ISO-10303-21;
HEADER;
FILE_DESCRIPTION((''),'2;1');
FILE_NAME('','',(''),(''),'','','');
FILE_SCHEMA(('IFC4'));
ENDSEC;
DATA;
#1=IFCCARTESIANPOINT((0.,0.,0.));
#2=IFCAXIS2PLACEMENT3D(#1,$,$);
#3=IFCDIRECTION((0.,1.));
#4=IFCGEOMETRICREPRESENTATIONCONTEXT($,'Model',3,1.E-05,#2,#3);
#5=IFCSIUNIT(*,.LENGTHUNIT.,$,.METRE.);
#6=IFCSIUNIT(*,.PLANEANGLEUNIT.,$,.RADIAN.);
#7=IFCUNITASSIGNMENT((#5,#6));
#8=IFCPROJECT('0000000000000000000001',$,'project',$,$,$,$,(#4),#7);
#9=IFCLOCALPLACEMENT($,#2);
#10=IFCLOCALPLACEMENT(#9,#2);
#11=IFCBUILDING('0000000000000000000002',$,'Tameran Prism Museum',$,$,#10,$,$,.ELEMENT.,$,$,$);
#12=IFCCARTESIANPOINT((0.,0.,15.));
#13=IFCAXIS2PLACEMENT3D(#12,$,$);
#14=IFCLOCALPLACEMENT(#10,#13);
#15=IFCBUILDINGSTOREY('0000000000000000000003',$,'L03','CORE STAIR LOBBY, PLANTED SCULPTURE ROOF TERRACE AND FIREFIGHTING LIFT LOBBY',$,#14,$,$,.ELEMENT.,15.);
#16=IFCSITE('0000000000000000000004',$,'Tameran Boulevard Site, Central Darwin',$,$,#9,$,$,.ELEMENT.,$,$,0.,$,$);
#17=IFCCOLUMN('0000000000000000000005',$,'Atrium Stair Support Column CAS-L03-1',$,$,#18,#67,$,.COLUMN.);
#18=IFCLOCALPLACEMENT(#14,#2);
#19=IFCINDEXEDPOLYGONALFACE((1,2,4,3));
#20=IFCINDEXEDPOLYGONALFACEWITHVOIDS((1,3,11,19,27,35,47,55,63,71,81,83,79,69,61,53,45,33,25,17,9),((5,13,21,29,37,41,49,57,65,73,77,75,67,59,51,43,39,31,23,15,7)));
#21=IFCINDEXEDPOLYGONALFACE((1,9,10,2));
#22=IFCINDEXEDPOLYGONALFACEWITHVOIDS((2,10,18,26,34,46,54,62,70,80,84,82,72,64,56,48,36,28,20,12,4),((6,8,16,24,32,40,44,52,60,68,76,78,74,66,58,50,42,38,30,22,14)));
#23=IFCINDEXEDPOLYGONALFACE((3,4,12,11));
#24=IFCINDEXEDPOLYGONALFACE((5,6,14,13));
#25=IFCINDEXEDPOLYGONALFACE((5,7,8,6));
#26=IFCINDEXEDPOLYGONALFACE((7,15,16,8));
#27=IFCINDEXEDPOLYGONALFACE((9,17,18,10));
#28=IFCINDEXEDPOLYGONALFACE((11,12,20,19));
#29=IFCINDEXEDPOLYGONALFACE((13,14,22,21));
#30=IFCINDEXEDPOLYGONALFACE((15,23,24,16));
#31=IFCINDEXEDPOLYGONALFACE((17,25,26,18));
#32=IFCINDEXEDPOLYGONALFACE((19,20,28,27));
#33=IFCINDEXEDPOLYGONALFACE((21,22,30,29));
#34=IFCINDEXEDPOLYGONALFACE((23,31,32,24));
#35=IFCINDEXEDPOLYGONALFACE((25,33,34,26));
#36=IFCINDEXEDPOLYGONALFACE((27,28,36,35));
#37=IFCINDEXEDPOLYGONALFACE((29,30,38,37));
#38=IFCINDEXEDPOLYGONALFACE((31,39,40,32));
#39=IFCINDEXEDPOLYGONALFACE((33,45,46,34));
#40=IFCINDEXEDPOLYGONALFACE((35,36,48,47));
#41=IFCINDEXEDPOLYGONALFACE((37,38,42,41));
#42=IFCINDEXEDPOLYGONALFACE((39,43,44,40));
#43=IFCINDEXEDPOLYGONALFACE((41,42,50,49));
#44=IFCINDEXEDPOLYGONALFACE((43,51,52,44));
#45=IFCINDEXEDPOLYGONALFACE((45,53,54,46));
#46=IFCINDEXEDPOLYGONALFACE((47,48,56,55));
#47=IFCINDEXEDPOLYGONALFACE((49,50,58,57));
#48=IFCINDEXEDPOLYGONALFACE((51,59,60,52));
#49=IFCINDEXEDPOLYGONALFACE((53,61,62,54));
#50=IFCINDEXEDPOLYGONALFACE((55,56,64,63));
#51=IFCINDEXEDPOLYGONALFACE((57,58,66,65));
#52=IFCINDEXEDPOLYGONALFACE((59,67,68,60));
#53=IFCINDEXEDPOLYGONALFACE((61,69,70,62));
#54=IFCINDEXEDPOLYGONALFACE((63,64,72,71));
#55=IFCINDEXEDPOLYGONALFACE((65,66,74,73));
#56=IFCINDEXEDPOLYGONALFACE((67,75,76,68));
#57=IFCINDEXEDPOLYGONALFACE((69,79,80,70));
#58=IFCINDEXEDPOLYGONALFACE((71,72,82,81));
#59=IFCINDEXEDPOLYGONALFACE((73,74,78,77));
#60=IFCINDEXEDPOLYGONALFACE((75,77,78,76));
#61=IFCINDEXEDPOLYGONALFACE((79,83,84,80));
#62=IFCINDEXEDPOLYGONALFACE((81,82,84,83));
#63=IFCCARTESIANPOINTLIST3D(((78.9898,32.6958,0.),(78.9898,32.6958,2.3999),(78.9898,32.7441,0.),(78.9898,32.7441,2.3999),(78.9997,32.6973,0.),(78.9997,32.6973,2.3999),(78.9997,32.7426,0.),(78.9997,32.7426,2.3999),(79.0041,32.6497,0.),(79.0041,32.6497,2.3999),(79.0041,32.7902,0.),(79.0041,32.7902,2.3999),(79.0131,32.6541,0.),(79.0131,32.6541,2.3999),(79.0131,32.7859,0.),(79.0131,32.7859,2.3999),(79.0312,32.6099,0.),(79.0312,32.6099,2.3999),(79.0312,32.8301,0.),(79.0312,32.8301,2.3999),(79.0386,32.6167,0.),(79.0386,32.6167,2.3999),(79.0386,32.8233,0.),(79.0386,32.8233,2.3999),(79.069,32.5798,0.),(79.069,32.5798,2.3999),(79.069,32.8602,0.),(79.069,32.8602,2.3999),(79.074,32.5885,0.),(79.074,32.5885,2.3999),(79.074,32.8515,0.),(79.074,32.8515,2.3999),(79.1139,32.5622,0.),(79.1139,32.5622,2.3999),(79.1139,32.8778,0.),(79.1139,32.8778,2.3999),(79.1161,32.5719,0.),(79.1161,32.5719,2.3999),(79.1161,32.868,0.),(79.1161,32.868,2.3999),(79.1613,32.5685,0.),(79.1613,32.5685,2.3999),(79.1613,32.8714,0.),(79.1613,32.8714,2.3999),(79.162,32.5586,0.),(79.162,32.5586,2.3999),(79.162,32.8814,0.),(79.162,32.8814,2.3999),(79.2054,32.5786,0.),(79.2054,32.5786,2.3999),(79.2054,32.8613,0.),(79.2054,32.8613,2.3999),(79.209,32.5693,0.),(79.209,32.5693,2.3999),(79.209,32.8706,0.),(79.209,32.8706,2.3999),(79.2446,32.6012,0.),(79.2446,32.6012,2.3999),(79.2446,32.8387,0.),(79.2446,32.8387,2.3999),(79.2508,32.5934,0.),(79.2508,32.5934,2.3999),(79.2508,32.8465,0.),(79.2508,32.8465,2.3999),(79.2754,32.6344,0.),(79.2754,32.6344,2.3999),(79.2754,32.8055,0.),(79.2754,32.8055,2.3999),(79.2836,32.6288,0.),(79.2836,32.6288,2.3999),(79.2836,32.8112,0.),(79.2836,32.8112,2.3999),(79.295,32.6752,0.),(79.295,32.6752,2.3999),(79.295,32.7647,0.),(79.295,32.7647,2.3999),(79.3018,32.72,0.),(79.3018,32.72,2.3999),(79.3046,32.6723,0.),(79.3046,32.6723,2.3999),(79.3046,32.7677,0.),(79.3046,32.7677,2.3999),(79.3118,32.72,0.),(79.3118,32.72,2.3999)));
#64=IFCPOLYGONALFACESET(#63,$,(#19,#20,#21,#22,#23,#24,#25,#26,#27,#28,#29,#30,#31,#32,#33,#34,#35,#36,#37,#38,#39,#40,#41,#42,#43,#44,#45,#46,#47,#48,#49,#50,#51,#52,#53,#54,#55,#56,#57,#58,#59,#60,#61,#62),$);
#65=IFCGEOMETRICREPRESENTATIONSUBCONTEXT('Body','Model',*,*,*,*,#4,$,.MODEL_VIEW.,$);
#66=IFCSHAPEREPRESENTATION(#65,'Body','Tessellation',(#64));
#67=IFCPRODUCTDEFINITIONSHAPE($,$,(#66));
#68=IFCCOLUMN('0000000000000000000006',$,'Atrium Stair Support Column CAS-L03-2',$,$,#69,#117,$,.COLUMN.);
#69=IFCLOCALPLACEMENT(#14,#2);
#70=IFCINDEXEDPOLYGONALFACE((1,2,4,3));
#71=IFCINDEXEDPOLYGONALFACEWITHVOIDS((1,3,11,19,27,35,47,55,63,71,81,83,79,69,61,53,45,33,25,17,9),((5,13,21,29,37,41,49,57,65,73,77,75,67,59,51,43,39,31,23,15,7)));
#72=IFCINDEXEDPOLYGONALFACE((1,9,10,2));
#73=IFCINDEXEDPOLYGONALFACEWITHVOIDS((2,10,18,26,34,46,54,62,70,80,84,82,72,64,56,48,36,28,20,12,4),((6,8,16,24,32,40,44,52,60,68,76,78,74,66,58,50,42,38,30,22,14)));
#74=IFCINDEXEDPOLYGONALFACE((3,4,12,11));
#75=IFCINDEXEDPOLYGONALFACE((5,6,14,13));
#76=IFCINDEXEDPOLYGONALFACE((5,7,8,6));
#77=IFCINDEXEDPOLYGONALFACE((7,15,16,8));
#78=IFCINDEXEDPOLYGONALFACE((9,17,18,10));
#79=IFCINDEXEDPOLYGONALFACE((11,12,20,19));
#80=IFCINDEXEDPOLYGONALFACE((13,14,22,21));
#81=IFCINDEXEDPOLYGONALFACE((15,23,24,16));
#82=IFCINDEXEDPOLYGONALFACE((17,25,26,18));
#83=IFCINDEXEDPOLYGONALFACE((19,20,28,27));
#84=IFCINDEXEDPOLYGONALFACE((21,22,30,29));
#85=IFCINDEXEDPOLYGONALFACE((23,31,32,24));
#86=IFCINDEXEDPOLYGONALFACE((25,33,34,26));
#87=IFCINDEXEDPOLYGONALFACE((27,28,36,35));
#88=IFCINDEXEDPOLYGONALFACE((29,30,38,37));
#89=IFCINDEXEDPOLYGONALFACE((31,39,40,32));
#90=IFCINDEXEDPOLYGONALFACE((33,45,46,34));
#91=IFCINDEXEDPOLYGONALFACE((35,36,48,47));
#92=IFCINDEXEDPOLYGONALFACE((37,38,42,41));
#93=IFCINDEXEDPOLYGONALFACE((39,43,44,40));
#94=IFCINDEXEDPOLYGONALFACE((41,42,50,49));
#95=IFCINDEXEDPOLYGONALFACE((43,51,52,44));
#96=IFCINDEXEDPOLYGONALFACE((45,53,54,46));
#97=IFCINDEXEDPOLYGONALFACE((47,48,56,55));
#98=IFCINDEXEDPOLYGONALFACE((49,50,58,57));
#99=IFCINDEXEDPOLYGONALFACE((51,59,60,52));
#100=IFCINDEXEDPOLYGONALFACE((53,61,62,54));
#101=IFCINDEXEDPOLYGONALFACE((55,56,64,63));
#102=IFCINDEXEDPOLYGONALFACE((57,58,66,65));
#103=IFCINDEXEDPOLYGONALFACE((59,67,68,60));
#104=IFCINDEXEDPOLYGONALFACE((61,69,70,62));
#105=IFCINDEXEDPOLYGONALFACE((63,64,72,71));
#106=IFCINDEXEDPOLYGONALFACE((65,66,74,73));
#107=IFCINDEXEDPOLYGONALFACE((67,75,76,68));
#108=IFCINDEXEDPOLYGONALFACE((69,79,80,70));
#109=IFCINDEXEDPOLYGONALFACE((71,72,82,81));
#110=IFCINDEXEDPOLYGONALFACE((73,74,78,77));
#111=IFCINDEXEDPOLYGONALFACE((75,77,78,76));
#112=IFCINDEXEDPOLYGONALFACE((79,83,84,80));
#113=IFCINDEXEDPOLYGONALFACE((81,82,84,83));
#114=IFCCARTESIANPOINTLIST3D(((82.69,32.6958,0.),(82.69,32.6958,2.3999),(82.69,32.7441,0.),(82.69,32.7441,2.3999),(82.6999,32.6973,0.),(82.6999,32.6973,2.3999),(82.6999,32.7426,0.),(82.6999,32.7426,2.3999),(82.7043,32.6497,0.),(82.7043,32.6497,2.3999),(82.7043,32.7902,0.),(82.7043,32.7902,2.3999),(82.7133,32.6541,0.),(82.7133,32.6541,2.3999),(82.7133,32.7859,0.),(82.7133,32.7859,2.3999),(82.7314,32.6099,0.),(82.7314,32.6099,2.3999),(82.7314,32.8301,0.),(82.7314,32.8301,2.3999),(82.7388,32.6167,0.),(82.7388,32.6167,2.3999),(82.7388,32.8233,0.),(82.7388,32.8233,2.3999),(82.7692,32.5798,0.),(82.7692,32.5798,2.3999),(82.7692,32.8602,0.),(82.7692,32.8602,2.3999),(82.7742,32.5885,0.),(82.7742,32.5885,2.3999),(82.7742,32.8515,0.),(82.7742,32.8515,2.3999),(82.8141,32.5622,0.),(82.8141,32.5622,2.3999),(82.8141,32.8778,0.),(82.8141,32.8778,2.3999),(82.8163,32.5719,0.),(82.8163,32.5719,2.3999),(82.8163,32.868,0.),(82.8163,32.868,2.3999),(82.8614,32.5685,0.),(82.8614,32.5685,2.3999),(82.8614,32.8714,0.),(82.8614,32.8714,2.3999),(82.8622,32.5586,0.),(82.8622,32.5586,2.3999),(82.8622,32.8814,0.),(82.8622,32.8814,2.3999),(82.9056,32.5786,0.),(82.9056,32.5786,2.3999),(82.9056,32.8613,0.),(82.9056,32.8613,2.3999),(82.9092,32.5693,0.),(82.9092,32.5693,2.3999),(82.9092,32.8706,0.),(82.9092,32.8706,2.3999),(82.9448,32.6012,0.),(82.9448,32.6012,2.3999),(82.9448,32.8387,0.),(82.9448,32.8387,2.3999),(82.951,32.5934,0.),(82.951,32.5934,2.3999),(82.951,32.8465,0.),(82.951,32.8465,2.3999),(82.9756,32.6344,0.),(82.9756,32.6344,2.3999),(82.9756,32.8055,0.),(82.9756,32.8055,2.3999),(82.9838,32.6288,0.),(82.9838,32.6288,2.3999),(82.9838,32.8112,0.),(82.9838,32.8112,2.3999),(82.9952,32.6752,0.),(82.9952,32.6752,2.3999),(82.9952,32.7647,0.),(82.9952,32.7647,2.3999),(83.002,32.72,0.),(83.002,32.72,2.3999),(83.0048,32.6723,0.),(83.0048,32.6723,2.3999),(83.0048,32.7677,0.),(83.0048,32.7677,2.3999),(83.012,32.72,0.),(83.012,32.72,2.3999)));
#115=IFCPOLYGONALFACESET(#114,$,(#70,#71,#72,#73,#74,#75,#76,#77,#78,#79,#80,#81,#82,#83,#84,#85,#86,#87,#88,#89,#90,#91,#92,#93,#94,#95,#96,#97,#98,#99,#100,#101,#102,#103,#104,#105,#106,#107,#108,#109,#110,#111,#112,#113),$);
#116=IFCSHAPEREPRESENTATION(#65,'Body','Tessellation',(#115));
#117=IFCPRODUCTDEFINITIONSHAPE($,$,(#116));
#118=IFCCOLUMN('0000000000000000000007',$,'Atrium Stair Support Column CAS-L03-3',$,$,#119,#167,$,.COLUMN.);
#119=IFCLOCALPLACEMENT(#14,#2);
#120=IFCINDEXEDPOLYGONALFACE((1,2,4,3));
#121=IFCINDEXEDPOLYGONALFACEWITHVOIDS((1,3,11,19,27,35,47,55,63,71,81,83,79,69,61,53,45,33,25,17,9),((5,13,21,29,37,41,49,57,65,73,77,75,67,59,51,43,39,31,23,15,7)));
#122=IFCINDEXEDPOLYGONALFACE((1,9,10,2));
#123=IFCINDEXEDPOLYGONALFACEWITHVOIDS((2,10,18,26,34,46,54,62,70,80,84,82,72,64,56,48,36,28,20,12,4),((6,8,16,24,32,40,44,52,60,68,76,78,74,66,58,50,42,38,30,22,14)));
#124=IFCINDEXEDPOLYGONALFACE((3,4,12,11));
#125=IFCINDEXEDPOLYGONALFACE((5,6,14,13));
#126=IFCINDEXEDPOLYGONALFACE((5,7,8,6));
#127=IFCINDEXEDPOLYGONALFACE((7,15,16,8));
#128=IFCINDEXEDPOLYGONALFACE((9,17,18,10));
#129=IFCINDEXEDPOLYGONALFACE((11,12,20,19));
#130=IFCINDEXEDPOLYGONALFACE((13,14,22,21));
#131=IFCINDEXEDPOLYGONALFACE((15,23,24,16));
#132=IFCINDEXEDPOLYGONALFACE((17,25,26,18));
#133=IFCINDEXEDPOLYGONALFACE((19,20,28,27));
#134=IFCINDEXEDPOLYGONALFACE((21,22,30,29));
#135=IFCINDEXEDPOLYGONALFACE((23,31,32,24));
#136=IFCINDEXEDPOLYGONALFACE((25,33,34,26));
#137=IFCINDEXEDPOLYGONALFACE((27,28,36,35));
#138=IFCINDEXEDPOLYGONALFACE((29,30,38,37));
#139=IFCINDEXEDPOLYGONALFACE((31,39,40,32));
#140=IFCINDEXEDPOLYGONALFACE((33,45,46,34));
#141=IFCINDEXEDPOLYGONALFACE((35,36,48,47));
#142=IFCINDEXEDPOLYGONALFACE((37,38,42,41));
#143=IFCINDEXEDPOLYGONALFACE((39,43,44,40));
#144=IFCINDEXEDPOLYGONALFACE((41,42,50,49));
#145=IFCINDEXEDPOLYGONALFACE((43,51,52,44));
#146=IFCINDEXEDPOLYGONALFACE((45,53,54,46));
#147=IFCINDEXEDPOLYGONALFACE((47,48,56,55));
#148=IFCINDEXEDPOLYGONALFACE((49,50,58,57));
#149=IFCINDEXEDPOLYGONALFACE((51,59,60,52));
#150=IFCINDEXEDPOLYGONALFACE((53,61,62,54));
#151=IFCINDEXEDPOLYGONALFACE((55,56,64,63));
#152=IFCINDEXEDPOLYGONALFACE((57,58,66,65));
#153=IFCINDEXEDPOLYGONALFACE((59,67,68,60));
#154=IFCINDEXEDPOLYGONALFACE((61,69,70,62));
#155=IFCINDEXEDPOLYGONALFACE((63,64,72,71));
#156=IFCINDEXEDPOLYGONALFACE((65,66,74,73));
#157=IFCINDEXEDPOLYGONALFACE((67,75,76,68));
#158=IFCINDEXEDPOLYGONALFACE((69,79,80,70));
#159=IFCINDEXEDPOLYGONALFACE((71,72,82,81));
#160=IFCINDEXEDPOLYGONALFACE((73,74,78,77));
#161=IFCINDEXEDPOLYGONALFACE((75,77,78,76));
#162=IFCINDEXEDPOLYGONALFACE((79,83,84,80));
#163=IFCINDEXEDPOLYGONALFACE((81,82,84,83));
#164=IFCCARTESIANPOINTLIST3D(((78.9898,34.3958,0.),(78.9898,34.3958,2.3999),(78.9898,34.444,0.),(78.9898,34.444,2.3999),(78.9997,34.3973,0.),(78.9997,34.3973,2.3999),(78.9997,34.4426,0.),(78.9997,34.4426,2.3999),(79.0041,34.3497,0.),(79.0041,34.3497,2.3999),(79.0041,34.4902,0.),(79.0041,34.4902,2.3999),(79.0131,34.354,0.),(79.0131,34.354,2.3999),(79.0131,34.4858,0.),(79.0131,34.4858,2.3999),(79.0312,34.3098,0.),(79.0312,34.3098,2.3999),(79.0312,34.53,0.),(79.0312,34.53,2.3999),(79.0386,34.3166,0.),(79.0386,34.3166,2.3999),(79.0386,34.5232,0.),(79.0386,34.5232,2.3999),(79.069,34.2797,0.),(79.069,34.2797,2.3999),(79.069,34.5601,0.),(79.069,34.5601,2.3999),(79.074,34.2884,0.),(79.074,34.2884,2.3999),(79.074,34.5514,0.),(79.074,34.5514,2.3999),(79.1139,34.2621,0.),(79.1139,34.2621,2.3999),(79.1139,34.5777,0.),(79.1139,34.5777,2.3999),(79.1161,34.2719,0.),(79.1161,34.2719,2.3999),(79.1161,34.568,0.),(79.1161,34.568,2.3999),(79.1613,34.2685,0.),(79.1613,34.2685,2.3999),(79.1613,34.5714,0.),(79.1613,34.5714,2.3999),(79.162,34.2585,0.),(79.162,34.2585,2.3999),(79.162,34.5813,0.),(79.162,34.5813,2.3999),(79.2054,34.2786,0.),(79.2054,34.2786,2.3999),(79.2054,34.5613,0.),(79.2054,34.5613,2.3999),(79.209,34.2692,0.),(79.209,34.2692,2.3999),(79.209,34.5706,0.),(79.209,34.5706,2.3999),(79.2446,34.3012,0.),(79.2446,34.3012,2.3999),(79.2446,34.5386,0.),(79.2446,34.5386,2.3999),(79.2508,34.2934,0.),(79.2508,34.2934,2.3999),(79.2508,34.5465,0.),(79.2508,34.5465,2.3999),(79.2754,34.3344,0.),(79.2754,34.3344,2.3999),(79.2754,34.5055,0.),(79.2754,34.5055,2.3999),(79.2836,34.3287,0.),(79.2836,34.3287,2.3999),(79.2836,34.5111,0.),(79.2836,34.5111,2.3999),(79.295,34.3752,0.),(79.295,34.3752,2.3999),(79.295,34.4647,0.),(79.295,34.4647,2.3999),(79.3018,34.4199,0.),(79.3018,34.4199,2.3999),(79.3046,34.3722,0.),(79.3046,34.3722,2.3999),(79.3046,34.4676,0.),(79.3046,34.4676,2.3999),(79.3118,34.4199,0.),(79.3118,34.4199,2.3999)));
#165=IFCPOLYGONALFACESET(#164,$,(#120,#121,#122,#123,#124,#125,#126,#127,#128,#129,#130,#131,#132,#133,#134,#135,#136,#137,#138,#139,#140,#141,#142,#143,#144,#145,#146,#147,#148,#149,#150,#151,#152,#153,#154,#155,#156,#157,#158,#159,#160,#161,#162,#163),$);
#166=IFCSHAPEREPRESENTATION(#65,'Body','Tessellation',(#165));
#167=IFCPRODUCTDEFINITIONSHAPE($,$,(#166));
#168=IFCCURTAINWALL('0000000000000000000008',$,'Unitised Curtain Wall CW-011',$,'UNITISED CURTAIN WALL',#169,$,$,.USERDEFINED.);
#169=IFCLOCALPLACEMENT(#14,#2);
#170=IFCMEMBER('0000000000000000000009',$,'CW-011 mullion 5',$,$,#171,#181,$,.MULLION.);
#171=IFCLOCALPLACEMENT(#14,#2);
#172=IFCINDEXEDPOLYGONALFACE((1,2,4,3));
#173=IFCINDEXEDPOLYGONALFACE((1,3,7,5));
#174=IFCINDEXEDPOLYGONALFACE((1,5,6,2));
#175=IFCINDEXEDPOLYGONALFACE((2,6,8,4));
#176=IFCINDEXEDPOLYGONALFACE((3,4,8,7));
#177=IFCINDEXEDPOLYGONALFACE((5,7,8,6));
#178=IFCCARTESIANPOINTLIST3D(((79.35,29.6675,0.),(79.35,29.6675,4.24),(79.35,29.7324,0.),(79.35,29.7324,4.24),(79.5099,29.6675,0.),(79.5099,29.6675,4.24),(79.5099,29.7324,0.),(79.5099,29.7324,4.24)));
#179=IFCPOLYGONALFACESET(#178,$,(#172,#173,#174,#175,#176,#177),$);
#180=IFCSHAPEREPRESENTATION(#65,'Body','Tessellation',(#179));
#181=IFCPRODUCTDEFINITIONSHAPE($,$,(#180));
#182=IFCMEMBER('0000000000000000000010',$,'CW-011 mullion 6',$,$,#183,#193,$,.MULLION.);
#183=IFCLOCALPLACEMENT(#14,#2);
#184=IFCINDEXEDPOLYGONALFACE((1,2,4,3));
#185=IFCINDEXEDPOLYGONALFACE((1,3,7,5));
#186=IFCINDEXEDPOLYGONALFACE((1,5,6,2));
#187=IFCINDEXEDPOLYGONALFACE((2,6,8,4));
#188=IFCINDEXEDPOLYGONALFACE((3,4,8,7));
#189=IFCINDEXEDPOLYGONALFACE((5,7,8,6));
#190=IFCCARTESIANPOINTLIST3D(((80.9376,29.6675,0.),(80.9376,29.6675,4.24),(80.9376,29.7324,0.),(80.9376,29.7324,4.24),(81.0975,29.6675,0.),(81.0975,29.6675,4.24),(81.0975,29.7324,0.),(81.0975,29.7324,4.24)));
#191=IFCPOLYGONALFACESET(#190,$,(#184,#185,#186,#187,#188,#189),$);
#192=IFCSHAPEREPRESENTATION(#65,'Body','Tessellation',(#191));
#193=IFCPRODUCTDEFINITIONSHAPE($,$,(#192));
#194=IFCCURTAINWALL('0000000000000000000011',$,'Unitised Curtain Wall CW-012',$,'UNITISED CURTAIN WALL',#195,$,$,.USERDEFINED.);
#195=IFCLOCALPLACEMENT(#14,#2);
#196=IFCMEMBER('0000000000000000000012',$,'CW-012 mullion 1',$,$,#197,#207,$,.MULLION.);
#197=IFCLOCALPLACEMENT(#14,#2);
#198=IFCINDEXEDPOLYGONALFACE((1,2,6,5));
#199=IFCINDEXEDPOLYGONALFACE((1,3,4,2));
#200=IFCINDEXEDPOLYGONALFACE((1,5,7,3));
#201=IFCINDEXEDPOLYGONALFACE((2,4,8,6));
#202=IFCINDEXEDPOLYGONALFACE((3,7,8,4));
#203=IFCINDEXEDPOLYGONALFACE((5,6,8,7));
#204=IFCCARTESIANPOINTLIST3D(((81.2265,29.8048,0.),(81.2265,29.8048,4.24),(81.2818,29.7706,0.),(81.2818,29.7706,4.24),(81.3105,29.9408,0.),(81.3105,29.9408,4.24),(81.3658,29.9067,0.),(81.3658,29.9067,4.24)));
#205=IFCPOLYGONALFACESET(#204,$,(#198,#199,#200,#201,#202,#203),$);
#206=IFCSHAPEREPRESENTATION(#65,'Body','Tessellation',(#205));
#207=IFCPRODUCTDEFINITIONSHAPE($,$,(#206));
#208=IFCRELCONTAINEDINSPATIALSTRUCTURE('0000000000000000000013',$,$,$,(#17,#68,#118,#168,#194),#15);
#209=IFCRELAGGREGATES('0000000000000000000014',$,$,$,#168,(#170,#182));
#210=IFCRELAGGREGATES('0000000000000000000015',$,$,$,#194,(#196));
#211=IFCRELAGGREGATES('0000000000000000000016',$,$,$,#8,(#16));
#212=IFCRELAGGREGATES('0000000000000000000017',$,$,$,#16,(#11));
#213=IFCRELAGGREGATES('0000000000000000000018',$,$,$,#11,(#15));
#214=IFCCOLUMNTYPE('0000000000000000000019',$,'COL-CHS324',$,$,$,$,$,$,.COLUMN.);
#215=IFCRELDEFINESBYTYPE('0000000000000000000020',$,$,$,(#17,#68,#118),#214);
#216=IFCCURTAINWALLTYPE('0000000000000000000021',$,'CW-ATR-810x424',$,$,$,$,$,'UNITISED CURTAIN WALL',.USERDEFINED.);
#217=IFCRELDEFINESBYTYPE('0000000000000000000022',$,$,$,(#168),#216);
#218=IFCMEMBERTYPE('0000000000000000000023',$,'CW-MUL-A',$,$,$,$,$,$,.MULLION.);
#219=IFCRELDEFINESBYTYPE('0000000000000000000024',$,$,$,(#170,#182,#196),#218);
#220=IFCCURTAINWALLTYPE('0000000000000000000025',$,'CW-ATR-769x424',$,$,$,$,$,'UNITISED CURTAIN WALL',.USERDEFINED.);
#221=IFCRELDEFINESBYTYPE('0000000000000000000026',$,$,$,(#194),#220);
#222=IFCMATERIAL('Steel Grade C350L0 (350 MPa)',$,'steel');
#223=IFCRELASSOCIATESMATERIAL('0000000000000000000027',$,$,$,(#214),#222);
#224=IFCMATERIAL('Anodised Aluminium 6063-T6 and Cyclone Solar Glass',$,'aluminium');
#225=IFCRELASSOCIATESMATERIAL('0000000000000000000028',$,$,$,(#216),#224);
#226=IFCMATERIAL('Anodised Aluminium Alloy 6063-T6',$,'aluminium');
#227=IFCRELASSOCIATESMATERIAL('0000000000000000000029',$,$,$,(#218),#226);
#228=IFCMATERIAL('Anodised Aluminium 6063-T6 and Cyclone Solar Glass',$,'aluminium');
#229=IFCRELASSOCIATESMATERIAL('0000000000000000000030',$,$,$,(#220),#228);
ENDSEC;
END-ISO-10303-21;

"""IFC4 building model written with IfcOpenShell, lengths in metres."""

from ifc_helpers import new_model, si_unit, direction, frame, origin, origin_2d, place, context, subcontext, project, spatial, rectangle, hollow_circle, extrude, material, material_profile, profile_set, type_object, element, aggregate, save


model = new_model("IFC4")

# Units and contexts
model_context = context("Model", 3, precision=1e-05, world=origin(), true_north=direction((0.0, 1.0)))
body_context = subcontext(model_context, "Body", "Model", "MODEL_VIEW")
ifc_project = project(units=[si_unit("LENGTHUNIT", "METRE"), si_unit("PLANEANGLEUNIT", "RADIAN")], contexts=[model_context])

# Site, building, storey
site_placement = place(None, origin())
site = spatial("IfcSite", under=ifc_project, at=site_placement, Name="Tameran Boulevard Site, Central Darwin", CompositionType="ELEMENT", RefElevation=0.0)
building_placement = place(site_placement, origin())
building = spatial("IfcBuilding", under=site, at=building_placement, Name="Tameran Prism Museum", CompositionType="ELEMENT")
storey_placement = place(building_placement, frame((0.0, 0.0, 15.0)))
storey = spatial("IfcBuildingStorey", under=building, at=storey_placement, Name="L03", Description="CORE STAIR LOBBY, PLANTED SCULPTURE ROOF TERRACE AND FIREFIGHTING LIFT LOBBY", CompositionType="ELEMENT", Elevation=15.0)

# Columns
ifc_material_1 = material(Name="Steel Grade C350L0 (350 MPa)", Category="steel")
ifc_material_profile_1 = material_profile(ifc_material_1, hollow_circle(Radius=0.1619, WallThickness=0.01, at=origin_2d()))
ifc_profile_set_1 = profile_set([ifc_material_profile_1])
column_type = type_object("IfcColumnType", Name="COL-CHS324", PredefinedType="COLUMN", material=ifc_profile_set_1)
for number, where, z_axis, x_axis, name in (
    (1, (79.1499, 32.72, 0.0), (0.0, 0.0, 1.0), (1.0, 0.0, 0.0), "Atrium Stair Support Column CAS-L03-1"),
    (2, (82.8501, 32.72, 0.0), (0.0, 0.0, 1.0), (1.0, 0.0, 0.0), "Atrium Stair Support Column CAS-L03-2"),
    (3, (79.1499, 34.4199, 0.0), (0.0, 0.0, 1.0), (1.0, 0.0, 0.0), "Atrium Stair Support Column CAS-L03-3"),
):
    element("IfcColumn", number, at=place(storey_placement, frame(where, z_axis=z_axis, x_axis=x_axis)), inside=storey, type_object=column_type, Name=name, PredefinedType="COLUMN", context=body_context, shape_type="SweptSolid", body=[
        extrude(hollow_circle(Radius=0.1619, WallThickness=0.01, at=origin_2d()), origin(), (0.0, 0.0, 1.0), 2.3999),
    ])

# Curtain walls, members
ifc_material_2 = material(Name="Anodised Aluminium 6063-T6 and Cyclone Solar Glass", Category="aluminium")
curtain_wall_type_1 = type_object("IfcCurtainWallType", Name="CW-ATR-810x424", ElementType="UNITISED CURTAIN WALL", PredefinedType="USERDEFINED", material=ifc_material_2)
curtain_wall_1_placement = place(storey_placement, origin())
curtain_wall_1 = element("IfcCurtainWall", 4, at=curtain_wall_1_placement, inside=storey, type_object=curtain_wall_type_1, Name="Unitised Curtain Wall CW-011", ObjectType="UNITISED CURTAIN WALL", PredefinedType="USERDEFINED")
ifc_material_3 = material(Name="Anodised Aluminium Alloy 6063-T6", Category="aluminium")
ifc_material_profile_2 = material_profile(ifc_material_3, rectangle(XDim=0.0649, YDim=0.1599, at=origin_2d()))
ifc_profile_set_2 = profile_set([ifc_material_profile_2])
member_type_1 = type_object("IfcMemberType", Name="CW-MUL-A", PredefinedType="MULLION", material=ifc_profile_set_2)
member_1_placement = place(storey_placement, frame((79.4299, 29.7, 0.0), z_axis=(0.0, 0.0, 1.0), x_axis=(0.0, 1.0, 0.0)))
member_1 = element("IfcMember", 5, at=member_1_placement, type_object=member_type_1, Name="CW-011 mullion 5", PredefinedType="MULLION", context=body_context, shape_type="SweptSolid", body=[
    extrude(rectangle(XDim=0.0649, YDim=0.1599, at=origin_2d()), origin(), (0.0, 0.0, 1.0), 4.24),
])
member_2_placement = place(storey_placement, frame((81.0176, 29.7, 0.0), z_axis=(0.0, 0.0, 1.0), x_axis=(0.0, 1.0, 0.0)))
member_2 = element("IfcMember", 6, at=member_2_placement, type_object=member_type_1, Name="CW-011 mullion 6", PredefinedType="MULLION", context=body_context, shape_type="SweptSolid", body=[
    extrude(rectangle(XDim=0.0649, YDim=0.1599, at=origin_2d()), origin(), (0.0, 0.0, 1.0), 4.24),
])
ifc_material_4 = material(Name="Anodised Aluminium 6063-T6 and Cyclone Solar Glass", Category="aluminium")
curtain_wall_type_2 = type_object("IfcCurtainWallType", Name="CW-ATR-769x424", ElementType="UNITISED CURTAIN WALL", PredefinedType="USERDEFINED", material=ifc_material_4)
curtain_wall_2_placement = place(storey_placement, origin())
curtain_wall_2 = element("IfcCurtainWall", 7, at=curtain_wall_2_placement, inside=storey, type_object=curtain_wall_type_2, Name="Unitised Curtain Wall CW-012", ObjectType="UNITISED CURTAIN WALL", PredefinedType="USERDEFINED")
member_3_placement = place(storey_placement, frame((81.2961, 29.8557, 0.0), z_axis=(0.0, 0.0, 1.0), x_axis=(-0.850791, 0.525504, 0.0)))
member_3 = element("IfcMember", 8, at=member_3_placement, type_object=member_type_1, Name="CW-012 mullion 1", PredefinedType="MULLION", context=body_context, shape_type="SweptSolid", body=[
    extrude(rectangle(XDim=0.0649, YDim=0.1599, at=origin_2d()), origin(), (0.0, 0.0, 1.0), 4.24),
])

aggregate(curtain_wall_1, [member_1, member_2])
aggregate(curtain_wall_2, [member_3])

save(model, "model.ifc")
